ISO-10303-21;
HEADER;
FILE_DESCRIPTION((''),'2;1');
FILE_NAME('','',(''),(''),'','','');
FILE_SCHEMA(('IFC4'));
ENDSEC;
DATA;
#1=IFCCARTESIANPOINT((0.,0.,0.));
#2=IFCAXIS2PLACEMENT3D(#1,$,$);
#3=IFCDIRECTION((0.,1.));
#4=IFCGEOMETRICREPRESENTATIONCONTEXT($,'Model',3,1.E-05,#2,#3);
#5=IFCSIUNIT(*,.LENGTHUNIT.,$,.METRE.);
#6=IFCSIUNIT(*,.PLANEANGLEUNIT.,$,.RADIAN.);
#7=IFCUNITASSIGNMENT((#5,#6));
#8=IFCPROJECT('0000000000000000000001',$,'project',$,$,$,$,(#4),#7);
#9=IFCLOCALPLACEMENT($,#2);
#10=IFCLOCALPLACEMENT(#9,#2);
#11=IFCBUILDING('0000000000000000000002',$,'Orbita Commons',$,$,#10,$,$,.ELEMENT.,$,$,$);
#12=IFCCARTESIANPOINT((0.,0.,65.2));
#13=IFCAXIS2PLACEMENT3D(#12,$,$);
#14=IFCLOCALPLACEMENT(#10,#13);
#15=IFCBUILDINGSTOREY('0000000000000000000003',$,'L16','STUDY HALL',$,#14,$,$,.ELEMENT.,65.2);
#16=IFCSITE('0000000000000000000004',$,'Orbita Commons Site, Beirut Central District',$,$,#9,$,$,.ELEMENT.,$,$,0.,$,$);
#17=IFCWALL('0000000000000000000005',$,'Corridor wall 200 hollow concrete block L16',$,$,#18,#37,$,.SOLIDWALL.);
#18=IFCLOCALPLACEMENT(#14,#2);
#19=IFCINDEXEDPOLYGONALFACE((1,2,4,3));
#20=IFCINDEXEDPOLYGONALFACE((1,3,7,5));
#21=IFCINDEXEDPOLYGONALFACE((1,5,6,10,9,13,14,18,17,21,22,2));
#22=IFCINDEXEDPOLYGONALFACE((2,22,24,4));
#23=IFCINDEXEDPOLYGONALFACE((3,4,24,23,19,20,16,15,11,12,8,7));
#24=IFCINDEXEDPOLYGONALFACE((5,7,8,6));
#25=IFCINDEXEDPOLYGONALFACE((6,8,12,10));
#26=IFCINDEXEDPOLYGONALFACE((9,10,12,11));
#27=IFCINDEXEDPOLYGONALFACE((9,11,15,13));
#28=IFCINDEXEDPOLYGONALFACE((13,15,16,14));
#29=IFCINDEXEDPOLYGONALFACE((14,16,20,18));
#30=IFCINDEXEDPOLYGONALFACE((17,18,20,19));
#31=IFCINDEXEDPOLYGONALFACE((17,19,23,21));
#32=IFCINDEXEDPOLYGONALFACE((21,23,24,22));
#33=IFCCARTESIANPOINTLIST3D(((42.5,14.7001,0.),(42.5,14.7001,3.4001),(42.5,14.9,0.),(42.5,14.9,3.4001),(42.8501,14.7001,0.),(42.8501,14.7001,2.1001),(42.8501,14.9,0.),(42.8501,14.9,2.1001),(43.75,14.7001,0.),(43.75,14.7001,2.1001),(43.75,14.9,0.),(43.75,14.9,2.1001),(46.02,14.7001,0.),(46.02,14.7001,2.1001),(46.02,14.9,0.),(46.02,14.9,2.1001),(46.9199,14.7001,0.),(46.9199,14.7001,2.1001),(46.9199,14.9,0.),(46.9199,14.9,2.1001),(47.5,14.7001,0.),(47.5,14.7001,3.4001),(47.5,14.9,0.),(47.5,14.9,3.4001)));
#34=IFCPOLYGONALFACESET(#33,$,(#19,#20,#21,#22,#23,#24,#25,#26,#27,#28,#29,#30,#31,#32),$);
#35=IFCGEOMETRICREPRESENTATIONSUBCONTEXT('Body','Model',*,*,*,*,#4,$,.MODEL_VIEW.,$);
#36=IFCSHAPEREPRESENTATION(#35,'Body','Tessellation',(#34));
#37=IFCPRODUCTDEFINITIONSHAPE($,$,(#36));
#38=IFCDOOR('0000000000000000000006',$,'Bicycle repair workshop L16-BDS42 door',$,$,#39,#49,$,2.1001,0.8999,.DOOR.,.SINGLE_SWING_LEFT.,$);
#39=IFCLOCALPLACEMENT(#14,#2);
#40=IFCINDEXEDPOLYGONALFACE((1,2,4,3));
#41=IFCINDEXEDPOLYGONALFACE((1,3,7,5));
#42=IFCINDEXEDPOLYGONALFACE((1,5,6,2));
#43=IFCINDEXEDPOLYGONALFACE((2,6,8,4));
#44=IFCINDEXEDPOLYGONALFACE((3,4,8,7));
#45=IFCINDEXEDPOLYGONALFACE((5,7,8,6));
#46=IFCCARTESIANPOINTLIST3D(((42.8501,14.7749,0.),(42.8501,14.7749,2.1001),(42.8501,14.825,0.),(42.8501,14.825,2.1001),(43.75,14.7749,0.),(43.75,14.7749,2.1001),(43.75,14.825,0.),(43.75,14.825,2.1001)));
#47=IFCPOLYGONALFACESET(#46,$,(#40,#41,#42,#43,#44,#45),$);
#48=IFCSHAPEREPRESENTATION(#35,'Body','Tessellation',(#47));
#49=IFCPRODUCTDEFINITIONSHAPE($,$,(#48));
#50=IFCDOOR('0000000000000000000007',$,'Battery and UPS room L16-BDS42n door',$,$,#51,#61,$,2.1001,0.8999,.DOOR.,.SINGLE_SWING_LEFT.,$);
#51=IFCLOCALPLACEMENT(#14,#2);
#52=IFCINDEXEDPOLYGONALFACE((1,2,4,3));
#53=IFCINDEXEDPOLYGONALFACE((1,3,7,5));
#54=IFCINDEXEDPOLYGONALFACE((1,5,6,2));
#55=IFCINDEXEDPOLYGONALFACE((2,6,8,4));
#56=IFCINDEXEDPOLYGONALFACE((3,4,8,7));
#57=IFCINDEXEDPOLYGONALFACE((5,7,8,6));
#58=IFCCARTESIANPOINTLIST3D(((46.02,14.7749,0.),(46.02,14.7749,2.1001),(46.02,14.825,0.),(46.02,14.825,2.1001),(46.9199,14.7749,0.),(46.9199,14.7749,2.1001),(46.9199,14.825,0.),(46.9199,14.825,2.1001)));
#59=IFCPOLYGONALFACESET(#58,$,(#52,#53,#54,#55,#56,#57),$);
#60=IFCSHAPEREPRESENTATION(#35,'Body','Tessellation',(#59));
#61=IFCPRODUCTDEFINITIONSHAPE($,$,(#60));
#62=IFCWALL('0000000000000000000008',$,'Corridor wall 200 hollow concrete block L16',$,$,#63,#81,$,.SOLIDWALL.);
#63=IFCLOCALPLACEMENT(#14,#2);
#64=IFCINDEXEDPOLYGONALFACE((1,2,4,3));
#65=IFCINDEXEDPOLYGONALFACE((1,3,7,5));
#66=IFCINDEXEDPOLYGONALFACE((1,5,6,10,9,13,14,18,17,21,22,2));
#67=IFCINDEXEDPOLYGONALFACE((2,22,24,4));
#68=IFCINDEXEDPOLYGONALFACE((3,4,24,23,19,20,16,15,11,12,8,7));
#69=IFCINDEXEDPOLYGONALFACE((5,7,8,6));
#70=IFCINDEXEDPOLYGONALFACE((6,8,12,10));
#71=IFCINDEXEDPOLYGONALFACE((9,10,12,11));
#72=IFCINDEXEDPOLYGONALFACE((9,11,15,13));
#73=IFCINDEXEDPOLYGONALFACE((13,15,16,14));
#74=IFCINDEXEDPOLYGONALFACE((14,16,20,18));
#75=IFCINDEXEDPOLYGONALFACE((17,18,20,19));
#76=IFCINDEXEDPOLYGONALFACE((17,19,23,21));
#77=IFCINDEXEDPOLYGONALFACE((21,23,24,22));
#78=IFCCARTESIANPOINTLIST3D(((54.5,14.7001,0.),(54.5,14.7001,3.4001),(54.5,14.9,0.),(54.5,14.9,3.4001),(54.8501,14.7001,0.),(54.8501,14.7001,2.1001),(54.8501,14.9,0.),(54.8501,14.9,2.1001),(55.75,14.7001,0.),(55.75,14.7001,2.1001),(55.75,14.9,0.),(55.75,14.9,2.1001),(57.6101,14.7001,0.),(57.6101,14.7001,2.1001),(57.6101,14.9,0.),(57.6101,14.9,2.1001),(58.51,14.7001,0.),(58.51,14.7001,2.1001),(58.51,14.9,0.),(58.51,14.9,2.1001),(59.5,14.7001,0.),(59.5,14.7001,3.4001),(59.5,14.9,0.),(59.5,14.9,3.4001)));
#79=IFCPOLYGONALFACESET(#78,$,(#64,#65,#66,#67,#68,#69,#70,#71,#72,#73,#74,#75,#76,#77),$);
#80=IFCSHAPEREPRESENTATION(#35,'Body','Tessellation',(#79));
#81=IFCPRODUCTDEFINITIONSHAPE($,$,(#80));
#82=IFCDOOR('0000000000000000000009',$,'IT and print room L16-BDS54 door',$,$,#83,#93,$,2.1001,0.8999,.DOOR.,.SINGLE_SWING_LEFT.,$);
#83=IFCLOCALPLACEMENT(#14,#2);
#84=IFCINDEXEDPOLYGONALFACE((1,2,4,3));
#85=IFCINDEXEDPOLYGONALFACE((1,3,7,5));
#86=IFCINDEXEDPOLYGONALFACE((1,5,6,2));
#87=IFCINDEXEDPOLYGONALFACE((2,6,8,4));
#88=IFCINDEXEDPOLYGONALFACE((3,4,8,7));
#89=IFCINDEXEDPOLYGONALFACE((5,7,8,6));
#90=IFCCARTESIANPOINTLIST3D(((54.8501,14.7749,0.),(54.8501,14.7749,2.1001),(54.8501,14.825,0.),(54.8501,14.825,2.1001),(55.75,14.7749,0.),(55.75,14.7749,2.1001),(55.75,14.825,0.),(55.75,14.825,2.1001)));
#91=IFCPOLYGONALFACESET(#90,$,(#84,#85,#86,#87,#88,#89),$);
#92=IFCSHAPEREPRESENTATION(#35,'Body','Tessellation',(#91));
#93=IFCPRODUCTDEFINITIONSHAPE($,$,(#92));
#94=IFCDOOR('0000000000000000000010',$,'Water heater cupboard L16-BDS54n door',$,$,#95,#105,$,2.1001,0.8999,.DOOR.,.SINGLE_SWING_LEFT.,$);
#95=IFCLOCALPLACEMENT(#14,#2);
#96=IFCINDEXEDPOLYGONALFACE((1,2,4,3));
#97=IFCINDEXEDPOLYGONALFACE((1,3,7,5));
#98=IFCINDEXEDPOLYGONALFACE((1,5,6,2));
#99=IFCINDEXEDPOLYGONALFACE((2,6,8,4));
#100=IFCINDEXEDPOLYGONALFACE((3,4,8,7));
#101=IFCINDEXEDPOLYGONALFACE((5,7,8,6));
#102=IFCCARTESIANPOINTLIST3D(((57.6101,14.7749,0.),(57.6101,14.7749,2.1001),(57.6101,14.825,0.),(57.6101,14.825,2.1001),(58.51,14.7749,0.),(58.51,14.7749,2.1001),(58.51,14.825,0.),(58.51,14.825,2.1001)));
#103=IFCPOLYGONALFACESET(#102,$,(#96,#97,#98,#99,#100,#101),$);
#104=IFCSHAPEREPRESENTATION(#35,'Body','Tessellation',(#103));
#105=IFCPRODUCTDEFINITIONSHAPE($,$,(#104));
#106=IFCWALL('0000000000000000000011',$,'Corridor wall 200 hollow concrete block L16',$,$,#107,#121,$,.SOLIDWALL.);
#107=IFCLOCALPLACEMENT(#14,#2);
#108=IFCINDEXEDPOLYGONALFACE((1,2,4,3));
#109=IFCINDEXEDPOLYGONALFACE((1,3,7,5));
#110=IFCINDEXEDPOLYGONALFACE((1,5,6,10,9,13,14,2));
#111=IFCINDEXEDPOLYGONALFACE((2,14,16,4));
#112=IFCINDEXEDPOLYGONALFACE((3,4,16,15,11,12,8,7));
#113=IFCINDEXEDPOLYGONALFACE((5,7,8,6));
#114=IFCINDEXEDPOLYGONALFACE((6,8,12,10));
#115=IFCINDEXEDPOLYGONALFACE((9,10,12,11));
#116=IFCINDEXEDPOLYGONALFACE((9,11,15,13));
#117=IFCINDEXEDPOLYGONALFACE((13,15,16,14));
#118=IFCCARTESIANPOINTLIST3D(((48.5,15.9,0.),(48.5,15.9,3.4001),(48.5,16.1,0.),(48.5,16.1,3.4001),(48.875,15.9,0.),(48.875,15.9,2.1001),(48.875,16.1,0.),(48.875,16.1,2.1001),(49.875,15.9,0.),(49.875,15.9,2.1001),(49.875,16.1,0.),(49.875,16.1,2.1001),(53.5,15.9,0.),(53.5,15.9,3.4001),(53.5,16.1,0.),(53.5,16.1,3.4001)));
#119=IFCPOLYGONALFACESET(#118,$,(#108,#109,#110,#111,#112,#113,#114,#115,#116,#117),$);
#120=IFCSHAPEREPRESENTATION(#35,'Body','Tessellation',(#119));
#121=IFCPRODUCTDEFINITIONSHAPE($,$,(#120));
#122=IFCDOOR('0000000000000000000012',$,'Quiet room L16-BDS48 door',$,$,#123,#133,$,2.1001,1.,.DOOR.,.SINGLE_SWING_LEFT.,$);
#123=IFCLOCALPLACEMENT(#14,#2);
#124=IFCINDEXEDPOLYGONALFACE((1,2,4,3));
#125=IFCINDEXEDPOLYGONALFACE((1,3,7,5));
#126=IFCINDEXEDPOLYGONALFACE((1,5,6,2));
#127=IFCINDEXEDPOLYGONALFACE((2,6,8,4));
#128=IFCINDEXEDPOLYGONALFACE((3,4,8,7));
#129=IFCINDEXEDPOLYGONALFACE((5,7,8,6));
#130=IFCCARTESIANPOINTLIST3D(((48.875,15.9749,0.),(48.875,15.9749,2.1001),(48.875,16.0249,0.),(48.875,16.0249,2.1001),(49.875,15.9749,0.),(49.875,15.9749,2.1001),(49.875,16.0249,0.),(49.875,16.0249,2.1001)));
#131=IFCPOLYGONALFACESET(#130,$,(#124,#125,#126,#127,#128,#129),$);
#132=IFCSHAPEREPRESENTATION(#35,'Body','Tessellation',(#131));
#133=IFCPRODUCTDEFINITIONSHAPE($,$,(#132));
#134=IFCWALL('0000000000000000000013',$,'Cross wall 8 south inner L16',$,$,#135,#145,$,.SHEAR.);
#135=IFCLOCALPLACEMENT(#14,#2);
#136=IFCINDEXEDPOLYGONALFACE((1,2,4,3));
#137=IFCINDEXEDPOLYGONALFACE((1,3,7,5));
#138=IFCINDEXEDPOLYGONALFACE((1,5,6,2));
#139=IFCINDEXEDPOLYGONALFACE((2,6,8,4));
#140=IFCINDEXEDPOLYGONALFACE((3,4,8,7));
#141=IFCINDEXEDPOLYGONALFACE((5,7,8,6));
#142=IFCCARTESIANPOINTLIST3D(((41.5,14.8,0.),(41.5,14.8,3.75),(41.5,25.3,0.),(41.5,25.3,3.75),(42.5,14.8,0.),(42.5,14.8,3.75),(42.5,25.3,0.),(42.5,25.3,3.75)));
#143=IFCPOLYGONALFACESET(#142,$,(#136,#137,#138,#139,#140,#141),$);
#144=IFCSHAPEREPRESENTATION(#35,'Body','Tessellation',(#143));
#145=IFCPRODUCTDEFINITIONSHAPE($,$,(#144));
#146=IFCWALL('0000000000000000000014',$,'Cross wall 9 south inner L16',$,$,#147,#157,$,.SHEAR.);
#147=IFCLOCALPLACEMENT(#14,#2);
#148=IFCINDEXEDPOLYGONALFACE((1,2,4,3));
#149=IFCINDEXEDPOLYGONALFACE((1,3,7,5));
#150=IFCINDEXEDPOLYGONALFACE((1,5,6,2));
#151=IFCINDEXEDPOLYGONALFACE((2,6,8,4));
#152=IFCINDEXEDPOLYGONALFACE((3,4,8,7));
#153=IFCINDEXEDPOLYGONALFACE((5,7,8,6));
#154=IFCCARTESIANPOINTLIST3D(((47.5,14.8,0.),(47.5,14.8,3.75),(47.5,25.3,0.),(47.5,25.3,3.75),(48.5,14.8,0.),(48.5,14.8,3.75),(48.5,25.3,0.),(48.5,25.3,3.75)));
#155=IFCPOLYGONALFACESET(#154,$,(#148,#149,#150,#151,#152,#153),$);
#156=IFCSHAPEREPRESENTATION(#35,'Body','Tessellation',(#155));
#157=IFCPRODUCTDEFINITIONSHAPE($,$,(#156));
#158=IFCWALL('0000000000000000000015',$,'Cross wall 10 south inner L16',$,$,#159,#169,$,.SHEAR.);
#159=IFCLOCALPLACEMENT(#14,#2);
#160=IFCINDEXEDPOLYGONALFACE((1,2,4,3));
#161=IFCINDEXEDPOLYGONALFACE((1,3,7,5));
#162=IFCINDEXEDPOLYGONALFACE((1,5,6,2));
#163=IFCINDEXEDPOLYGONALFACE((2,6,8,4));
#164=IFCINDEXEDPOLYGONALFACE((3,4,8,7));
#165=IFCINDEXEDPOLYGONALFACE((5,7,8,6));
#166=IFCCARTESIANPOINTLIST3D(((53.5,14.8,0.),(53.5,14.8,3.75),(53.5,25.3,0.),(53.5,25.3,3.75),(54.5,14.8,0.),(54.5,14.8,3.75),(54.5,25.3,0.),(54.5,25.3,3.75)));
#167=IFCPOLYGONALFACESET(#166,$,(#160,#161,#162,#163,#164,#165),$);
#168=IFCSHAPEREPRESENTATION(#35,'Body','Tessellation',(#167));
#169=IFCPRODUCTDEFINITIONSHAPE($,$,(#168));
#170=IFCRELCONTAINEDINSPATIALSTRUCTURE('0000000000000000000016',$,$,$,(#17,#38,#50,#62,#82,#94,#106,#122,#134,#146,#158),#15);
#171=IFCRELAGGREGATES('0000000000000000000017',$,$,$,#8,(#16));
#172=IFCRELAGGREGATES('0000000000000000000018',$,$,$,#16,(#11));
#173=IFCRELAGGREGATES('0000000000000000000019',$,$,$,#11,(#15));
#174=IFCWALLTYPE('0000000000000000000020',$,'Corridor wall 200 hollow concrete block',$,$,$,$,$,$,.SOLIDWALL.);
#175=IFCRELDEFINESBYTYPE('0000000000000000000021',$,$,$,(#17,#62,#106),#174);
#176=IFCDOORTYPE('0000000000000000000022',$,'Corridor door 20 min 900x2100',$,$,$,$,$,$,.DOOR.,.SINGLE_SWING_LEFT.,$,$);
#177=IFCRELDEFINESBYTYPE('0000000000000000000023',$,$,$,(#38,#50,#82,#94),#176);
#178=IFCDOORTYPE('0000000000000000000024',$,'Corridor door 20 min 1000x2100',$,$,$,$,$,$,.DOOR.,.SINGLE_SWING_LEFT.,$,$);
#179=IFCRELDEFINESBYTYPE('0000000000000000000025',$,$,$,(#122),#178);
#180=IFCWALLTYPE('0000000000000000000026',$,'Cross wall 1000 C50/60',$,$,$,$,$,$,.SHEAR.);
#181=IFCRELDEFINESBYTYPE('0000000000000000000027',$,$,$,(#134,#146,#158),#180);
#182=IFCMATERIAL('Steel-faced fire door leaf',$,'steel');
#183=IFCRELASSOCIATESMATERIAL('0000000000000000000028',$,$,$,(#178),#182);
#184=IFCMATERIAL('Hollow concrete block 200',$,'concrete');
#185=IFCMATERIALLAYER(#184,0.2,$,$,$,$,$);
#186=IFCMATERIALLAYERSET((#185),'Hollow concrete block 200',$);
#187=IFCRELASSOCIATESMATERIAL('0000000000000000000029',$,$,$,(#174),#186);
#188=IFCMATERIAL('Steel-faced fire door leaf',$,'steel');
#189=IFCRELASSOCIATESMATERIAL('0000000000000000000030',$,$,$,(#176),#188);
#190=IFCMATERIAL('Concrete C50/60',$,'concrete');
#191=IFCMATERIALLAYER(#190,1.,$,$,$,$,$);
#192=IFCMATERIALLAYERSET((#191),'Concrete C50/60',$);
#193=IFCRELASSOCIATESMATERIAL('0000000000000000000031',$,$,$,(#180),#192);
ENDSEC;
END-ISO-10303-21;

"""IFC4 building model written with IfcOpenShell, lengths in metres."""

from ifc_helpers import new_model, si_unit, direction, frame, frame_2d, origin, place, context, subcontext, project, spatial, rectangle, extrude, material, layer, layer_set, type_object, element, fill, save


model = new_model("IFC4")

# Units and contexts
model_context = context("Model", 3, precision=1e-05, world=origin(), true_north=direction((0.0, 1.0)))
body_context = subcontext(model_context, "Body", "Model", "MODEL_VIEW")
ifc_project = project(units=[si_unit("LENGTHUNIT", "METRE"), si_unit("PLANEANGLEUNIT", "RADIAN")], contexts=[model_context])

# Site, building, storey
site_placement = place(None, origin())
site = spatial("IfcSite", under=ifc_project, at=site_placement, Name="Orbita Commons Site, Beirut Central District", CompositionType="ELEMENT", RefElevation=0.0)
building_placement = place(site_placement, origin())
building = spatial("IfcBuilding", under=site, at=building_placement, Name="Orbita Commons", CompositionType="ELEMENT")
storey_placement = place(building_placement, frame((0.0, 0.0, 65.2)))
storey = spatial("IfcBuildingStorey", under=building, at=storey_placement, Name="L16", Description="STUDY HALL", CompositionType="ELEMENT", Elevation=65.2)

# Shared definitions
ifc_material_1 = material(Name="Steel-faced fire door leaf", Category="steel")
door_type_1 = type_object("IfcDoorType", Name="Corridor door 20 min 1000x2100", OperationType="SINGLE_SWING_LEFT", PredefinedType="DOOR", material=ifc_material_1)

# Walls, openings, doors
ifc_material_2 = material(Name="Hollow concrete block 200", Category="concrete")
ifc_layer_1 = layer(ifc_material_2, 0.2)
ifc_layer_set_1 = layer_set([ifc_layer_1], Name="Hollow concrete block 200")
wall_type_1 = type_object("IfcWallType", Name="Corridor wall 200 hollow concrete block", PredefinedType="SOLIDWALL", material=ifc_layer_set_1)
wall_1_placement = place(storey_placement, frame((42.5, 14.8, 0.0), z_axis=(0.0, 0.0, 1.0), x_axis=(1.0, 0.0, 0.0)))
wall_1 = element("IfcWall", 1, at=wall_1_placement, inside=storey, type_object=wall_type_1, Name="Corridor wall 200 hollow concrete block L16", PredefinedType="SOLIDWALL", context=body_context, shape_type="SweptSolid", body=[
    extrude(rectangle(XDim=5.0, YDim=0.2, at=frame_2d((2.5, 0.0))), origin(), (0.0, 0.0, 1.0), 3.4001),
])
opening_1_placement = place(wall_1_placement, frame((0.3501, 0.0, 0.0)))
opening_1 = element("IfcOpeningElement", 2, at=opening_1_placement, cuts=wall_1, PredefinedType="OPENING", context=body_context, shape_type="SweptSolid", body=[
    extrude(rectangle(XDim=0.8999, YDim=2.1001, at=frame_2d((0.45, 1.05))), frame((0.0, 0.1099, 0.0), z_axis=(0.0, -1.0, 0.0), x_axis=(1.0, 0.0, 0.0)), (0.0, 0.0, 1.0), 0.22),
])
opening_2_placement = place(wall_1_placement, frame((3.52, 0.0, 0.0)))
opening_2 = element("IfcOpeningElement", 3, at=opening_2_placement, cuts=wall_1, PredefinedType="OPENING", context=body_context, shape_type="SweptSolid", body=[
    extrude(rectangle(XDim=0.8999, YDim=2.1001, at=frame_2d((0.45, 1.05))), frame((0.0, 0.1099, 0.0), z_axis=(0.0, -1.0, 0.0), x_axis=(1.0, 0.0, 0.0)), (0.0, 0.0, 1.0), 0.22),
])
ifc_material_3 = material(Name="Steel-faced fire door leaf", Category="steel")
door_type_2 = type_object("IfcDoorType", Name="Corridor door 20 min 900x2100", OperationType="SINGLE_SWING_LEFT", PredefinedType="DOOR", material=ifc_material_3)
door_1_placement = place(opening_1_placement, origin())
door_1 = element("IfcDoor", 4, at=door_1_placement, inside=storey, type_object=door_type_2, Name="Bicycle repair workshop L16-BDS42 door", OperationType="SINGLE_SWING_LEFT", OverallHeight=2.1001, OverallWidth=0.8999, PredefinedType="DOOR", context=body_context, shape_type="SweptSolid", body=[
    extrude(rectangle(XDim=0.8999, YDim=2.1001, at=frame_2d((0.45, 1.05))), frame((0.0, 0.0249, 0.0), z_axis=(0.0, -1.0, 0.0), x_axis=(1.0, 0.0, 0.0)), (0.0, 0.0, 1.0), 0.05),
])
fill(opening_1, door_1)
door_2_placement = place(opening_2_placement, origin())
door_2 = element("IfcDoor", 5, at=door_2_placement, inside=storey, type_object=door_type_2, Name="Battery and UPS room L16-BDS42n door", OperationType="SINGLE_SWING_LEFT", OverallHeight=2.1001, OverallWidth=0.8999, PredefinedType="DOOR", context=body_context, shape_type="SweptSolid", body=[
    extrude(rectangle(XDim=0.8999, YDim=2.1001, at=frame_2d((0.45, 1.05))), frame((0.0, 0.0249, 0.0), z_axis=(0.0, -1.0, 0.0), x_axis=(1.0, 0.0, 0.0)), (0.0, 0.0, 1.0), 0.05),
])
fill(opening_2, door_2)
wall_2_placement = place(storey_placement, frame((54.5, 14.8, 0.0), z_axis=(0.0, 0.0, 1.0), x_axis=(1.0, 0.0, 0.0)))
wall_2 = element("IfcWall", 6, at=wall_2_placement, inside=storey, type_object=wall_type_1, Name="Corridor wall 200 hollow concrete block L16", PredefinedType="SOLIDWALL", context=body_context, shape_type="SweptSolid", body=[
    extrude(rectangle(XDim=5.0, YDim=0.2, at=frame_2d((2.5, 0.0))), origin(), (0.0, 0.0, 1.0), 3.4001),
])
opening_3_placement = place(wall_2_placement, frame((0.3501, 0.0, 0.0)))
opening_3 = element("IfcOpeningElement", 7, at=opening_3_placement, cuts=wall_2, PredefinedType="OPENING", context=body_context, shape_type="SweptSolid", body=[
    extrude(rectangle(XDim=0.8999, YDim=2.1001, at=frame_2d((0.45, 1.05))), frame((0.0, 0.1099, 0.0), z_axis=(0.0, -1.0, 0.0), x_axis=(1.0, 0.0, 0.0)), (0.0, 0.0, 1.0), 0.22),
])
opening_4_placement = place(wall_2_placement, frame((3.1101, 0.0, 0.0)))
opening_4 = element("IfcOpeningElement", 8, at=opening_4_placement, cuts=wall_2, PredefinedType="OPENING", context=body_context, shape_type="SweptSolid", body=[
    extrude(rectangle(XDim=0.8999, YDim=2.1001, at=frame_2d((0.45, 1.05))), frame((0.0, 0.1099, 0.0), z_axis=(0.0, -1.0, 0.0), x_axis=(1.0, 0.0, 0.0)), (0.0, 0.0, 1.0), 0.22),
])
door_3_placement = place(opening_3_placement, origin())
door_3 = element("IfcDoor", 9, at=door_3_placement, inside=storey, type_object=door_type_2, Name="IT and print room L16-BDS54 door", OperationType="SINGLE_SWING_LEFT", OverallHeight=2.1001, OverallWidth=0.8999, PredefinedType="DOOR", context=body_context, shape_type="SweptSolid", body=[
    extrude(rectangle(XDim=0.8999, YDim=2.1001, at=frame_2d((0.45, 1.05))), frame((0.0, 0.0249, 0.0), z_axis=(0.0, -1.0, 0.0), x_axis=(1.0, 0.0, 0.0)), (0.0, 0.0, 1.0), 0.05),
])
fill(opening_3, door_3)
door_4_placement = place(opening_4_placement, origin())
door_4 = element("IfcDoor", 10, at=door_4_placement, inside=storey, type_object=door_type_2, Name="Water heater cupboard L16-BDS54n door", OperationType="SINGLE_SWING_LEFT", OverallHeight=2.1001, OverallWidth=0.8999, PredefinedType="DOOR", context=body_context, shape_type="SweptSolid", body=[
    extrude(rectangle(XDim=0.8999, YDim=2.1001, at=frame_2d((0.45, 1.05))), frame((0.0, 0.0249, 0.0), z_axis=(0.0, -1.0, 0.0), x_axis=(1.0, 0.0, 0.0)), (0.0, 0.0, 1.0), 0.05),
])
fill(opening_4, door_4)

# Wall, opening, door
wall_3_placement = place(storey_placement, frame((48.5, 16.0, 0.0), z_axis=(0.0, 0.0, 1.0), x_axis=(1.0, 0.0, 0.0)))
wall_3 = element("IfcWall", 11, at=wall_3_placement, inside=storey, type_object=wall_type_1, Name="Corridor wall 200 hollow concrete block L16", PredefinedType="SOLIDWALL", context=body_context, shape_type="SweptSolid", body=[
    extrude(rectangle(XDim=5.0, YDim=0.2, at=frame_2d((2.5, 0.0))), origin(), (0.0, 0.0, 1.0), 3.4001),
])
opening_5_placement = place(wall_3_placement, frame((0.375, 0.0, 0.0)))
opening_5 = element("IfcOpeningElement", 12, at=opening_5_placement, cuts=wall_3, PredefinedType="OPENING", context=body_context, shape_type="SweptSolid", body=[
    extrude(rectangle(XDim=1.0, YDim=2.1001, at=frame_2d((0.5, 1.05))), frame((0.0, 0.1099, 0.0), z_axis=(0.0, -1.0, 0.0), x_axis=(1.0, 0.0, 0.0)), (0.0, 0.0, 1.0), 0.22),
])
door_5_placement = place(opening_5_placement, origin())
door_5 = element("IfcDoor", 13, at=door_5_placement, inside=storey, type_object=door_type_1, Name="Quiet room L16-BDS48 door", OperationType="SINGLE_SWING_LEFT", OverallHeight=2.1001, OverallWidth=1.0, PredefinedType="DOOR", context=body_context, shape_type="SweptSolid", body=[
    extrude(rectangle(XDim=1.0, YDim=2.1001, at=frame_2d((0.5, 1.05))), frame((0.0, 0.0249, 0.0), z_axis=(0.0, -1.0, 0.0), x_axis=(1.0, 0.0, 0.0)), (0.0, 0.0, 1.0), 0.05),
])
fill(opening_5, door_5)

# Walls
ifc_material_4 = material(Name="Concrete C50/60", Category="concrete")
ifc_layer_2 = layer(ifc_material_4, 1.0)
ifc_layer_set_2 = layer_set([ifc_layer_2], Name="Concrete C50/60")
wall_type_2 = type_object("IfcWallType", Name="Cross wall 1000 C50/60", PredefinedType="SHEAR", material=ifc_layer_set_2)
for number, where, z_axis, x_axis, name in (
    (14, (42.0, 14.8, 0.0), (0.0, 0.0, 1.0), (0.0, 1.0, 0.0), "Cross wall 8 south inner L16"),
    (15, (48.0, 14.8, 0.0), (0.0, 0.0, 1.0), (0.0, 1.0, 0.0), "Cross wall 9 south inner L16"),
    (16, (54.0, 14.8, 0.0), (0.0, 0.0, 1.0), (0.0, 1.0, 0.0), "Cross wall 10 south inner L16"),
):
    element("IfcWall", number, at=place(storey_placement, frame(where, z_axis=z_axis, x_axis=x_axis)), inside=storey, type_object=wall_type_2, Name=name, PredefinedType="SHEAR", context=body_context, shape_type="SweptSolid", body=[
        extrude(rectangle(XDim=10.5, YDim=1.0, at=frame_2d((5.25, 0.0))), origin(), (0.0, 0.0, 1.0), 3.75),
    ])

save(model, "model.ifc")
